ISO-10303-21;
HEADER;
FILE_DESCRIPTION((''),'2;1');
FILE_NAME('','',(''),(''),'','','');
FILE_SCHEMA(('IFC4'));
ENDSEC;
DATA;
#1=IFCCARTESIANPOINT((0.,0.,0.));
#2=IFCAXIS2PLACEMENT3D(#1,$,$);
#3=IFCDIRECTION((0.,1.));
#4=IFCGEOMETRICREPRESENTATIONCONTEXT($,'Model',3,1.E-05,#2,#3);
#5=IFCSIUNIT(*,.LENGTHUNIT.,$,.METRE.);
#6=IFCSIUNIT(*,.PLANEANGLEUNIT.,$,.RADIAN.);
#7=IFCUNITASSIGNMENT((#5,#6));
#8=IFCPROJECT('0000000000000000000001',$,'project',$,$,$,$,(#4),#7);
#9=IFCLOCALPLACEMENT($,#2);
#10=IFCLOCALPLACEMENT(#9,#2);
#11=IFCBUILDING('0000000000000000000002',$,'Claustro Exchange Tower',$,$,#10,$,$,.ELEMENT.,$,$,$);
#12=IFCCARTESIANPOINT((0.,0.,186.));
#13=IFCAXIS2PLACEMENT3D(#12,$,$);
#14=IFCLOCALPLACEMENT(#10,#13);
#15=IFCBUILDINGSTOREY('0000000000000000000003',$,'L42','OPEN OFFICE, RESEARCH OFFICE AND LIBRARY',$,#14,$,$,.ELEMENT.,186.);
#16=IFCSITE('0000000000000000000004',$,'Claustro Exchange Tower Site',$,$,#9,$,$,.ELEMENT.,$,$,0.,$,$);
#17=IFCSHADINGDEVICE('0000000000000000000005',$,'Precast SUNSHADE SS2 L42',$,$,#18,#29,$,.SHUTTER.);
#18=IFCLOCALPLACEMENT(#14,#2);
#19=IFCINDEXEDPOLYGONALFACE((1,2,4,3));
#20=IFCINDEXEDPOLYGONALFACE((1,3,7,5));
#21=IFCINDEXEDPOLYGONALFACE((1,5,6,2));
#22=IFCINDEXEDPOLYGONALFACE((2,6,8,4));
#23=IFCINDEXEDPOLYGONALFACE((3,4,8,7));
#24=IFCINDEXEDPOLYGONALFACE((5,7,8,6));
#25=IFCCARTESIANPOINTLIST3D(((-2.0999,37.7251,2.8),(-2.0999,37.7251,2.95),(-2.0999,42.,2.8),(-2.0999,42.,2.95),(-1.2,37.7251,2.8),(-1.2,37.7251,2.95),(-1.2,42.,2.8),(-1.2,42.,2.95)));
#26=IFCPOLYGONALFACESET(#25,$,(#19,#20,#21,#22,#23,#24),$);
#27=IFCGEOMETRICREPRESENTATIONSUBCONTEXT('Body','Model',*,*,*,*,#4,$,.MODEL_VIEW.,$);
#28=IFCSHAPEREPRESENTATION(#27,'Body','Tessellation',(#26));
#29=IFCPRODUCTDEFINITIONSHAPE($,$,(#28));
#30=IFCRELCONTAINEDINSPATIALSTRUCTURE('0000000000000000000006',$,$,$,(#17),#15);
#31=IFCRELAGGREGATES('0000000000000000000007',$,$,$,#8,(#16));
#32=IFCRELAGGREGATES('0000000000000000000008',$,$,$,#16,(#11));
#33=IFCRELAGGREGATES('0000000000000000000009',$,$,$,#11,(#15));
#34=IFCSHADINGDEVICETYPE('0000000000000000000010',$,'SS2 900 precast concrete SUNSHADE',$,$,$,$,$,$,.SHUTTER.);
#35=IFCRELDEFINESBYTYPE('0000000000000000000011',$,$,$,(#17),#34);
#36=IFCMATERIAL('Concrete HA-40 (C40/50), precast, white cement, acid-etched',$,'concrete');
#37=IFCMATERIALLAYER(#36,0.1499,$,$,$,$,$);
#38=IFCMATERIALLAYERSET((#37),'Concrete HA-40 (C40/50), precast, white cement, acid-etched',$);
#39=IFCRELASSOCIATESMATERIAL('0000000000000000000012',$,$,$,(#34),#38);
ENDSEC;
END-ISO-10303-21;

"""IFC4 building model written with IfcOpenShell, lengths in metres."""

from ifc_helpers import new_model, si_unit, direction, frame, origin, origin_2d, place, context, subcontext, project, spatial, rectangle, extrude, material, layer, layer_set, type_object, element, save


model = new_model("IFC4")

# Units and contexts
model_context = context("Model", 3, precision=1e-05, world=origin(), true_north=direction((0.0, 1.0)))
body_context = subcontext(model_context, "Body", "Model", "MODEL_VIEW")
ifc_project = project(units=[si_unit("LENGTHUNIT", "METRE"), si_unit("PLANEANGLEUNIT", "RADIAN")], contexts=[model_context])

# Site, building, storey
site_placement = place(None, origin())
site = spatial("IfcSite", under=ifc_project, at=site_placement, Name="Claustro Exchange Tower Site", CompositionType="ELEMENT", RefElevation=0.0)
building_placement = place(site_placement, origin())
building = spatial("IfcBuilding", under=site, at=building_placement, Name="Claustro Exchange Tower", CompositionType="ELEMENT")
storey_placement = place(building_placement, frame((0.0, 0.0, 186.0)))
storey = spatial("IfcBuildingStorey", under=building, at=storey_placement, Name="L42", Description="OPEN OFFICE, RESEARCH OFFICE AND LIBRARY", CompositionType="ELEMENT", Elevation=186.0)

# Shading device
ifc_material_1 = material(Name="Concrete HA-40 (C40/50), precast, white cement, acid-etched", Category="concrete")
ifc_layer_1 = layer(ifc_material_1, 0.1499)
ifc_layer_set_1 = layer_set([ifc_layer_1], Name="Concrete HA-40 (C40/50), precast, white cement, acid-etched")
shading_device_type = type_object("IfcShadingDeviceType", Name="SS2 900 precast concrete SUNSHADE", PredefinedType="SHUTTER", material=ifc_layer_set_1)
shading_device_placement = place(storey_placement, frame((-1.6499, 39.8625, 2.8), z_axis=(0.0, 0.0, 1.0), x_axis=(0.0, 1.0, 0.0)))
element("IfcShadingDevice", 1, at=shading_device_placement, inside=storey, type_object=shading_device_type, Name="Precast SUNSHADE SS2 L42", PredefinedType="SHUTTER", context=body_context, shape_type="SweptSolid", body=[
    extrude(rectangle(XDim=4.2749, YDim=0.8999, at=origin_2d()), origin(), (0.0, 0.0, 1.0), 0.1499),
])

save(model, "model.ifc")
